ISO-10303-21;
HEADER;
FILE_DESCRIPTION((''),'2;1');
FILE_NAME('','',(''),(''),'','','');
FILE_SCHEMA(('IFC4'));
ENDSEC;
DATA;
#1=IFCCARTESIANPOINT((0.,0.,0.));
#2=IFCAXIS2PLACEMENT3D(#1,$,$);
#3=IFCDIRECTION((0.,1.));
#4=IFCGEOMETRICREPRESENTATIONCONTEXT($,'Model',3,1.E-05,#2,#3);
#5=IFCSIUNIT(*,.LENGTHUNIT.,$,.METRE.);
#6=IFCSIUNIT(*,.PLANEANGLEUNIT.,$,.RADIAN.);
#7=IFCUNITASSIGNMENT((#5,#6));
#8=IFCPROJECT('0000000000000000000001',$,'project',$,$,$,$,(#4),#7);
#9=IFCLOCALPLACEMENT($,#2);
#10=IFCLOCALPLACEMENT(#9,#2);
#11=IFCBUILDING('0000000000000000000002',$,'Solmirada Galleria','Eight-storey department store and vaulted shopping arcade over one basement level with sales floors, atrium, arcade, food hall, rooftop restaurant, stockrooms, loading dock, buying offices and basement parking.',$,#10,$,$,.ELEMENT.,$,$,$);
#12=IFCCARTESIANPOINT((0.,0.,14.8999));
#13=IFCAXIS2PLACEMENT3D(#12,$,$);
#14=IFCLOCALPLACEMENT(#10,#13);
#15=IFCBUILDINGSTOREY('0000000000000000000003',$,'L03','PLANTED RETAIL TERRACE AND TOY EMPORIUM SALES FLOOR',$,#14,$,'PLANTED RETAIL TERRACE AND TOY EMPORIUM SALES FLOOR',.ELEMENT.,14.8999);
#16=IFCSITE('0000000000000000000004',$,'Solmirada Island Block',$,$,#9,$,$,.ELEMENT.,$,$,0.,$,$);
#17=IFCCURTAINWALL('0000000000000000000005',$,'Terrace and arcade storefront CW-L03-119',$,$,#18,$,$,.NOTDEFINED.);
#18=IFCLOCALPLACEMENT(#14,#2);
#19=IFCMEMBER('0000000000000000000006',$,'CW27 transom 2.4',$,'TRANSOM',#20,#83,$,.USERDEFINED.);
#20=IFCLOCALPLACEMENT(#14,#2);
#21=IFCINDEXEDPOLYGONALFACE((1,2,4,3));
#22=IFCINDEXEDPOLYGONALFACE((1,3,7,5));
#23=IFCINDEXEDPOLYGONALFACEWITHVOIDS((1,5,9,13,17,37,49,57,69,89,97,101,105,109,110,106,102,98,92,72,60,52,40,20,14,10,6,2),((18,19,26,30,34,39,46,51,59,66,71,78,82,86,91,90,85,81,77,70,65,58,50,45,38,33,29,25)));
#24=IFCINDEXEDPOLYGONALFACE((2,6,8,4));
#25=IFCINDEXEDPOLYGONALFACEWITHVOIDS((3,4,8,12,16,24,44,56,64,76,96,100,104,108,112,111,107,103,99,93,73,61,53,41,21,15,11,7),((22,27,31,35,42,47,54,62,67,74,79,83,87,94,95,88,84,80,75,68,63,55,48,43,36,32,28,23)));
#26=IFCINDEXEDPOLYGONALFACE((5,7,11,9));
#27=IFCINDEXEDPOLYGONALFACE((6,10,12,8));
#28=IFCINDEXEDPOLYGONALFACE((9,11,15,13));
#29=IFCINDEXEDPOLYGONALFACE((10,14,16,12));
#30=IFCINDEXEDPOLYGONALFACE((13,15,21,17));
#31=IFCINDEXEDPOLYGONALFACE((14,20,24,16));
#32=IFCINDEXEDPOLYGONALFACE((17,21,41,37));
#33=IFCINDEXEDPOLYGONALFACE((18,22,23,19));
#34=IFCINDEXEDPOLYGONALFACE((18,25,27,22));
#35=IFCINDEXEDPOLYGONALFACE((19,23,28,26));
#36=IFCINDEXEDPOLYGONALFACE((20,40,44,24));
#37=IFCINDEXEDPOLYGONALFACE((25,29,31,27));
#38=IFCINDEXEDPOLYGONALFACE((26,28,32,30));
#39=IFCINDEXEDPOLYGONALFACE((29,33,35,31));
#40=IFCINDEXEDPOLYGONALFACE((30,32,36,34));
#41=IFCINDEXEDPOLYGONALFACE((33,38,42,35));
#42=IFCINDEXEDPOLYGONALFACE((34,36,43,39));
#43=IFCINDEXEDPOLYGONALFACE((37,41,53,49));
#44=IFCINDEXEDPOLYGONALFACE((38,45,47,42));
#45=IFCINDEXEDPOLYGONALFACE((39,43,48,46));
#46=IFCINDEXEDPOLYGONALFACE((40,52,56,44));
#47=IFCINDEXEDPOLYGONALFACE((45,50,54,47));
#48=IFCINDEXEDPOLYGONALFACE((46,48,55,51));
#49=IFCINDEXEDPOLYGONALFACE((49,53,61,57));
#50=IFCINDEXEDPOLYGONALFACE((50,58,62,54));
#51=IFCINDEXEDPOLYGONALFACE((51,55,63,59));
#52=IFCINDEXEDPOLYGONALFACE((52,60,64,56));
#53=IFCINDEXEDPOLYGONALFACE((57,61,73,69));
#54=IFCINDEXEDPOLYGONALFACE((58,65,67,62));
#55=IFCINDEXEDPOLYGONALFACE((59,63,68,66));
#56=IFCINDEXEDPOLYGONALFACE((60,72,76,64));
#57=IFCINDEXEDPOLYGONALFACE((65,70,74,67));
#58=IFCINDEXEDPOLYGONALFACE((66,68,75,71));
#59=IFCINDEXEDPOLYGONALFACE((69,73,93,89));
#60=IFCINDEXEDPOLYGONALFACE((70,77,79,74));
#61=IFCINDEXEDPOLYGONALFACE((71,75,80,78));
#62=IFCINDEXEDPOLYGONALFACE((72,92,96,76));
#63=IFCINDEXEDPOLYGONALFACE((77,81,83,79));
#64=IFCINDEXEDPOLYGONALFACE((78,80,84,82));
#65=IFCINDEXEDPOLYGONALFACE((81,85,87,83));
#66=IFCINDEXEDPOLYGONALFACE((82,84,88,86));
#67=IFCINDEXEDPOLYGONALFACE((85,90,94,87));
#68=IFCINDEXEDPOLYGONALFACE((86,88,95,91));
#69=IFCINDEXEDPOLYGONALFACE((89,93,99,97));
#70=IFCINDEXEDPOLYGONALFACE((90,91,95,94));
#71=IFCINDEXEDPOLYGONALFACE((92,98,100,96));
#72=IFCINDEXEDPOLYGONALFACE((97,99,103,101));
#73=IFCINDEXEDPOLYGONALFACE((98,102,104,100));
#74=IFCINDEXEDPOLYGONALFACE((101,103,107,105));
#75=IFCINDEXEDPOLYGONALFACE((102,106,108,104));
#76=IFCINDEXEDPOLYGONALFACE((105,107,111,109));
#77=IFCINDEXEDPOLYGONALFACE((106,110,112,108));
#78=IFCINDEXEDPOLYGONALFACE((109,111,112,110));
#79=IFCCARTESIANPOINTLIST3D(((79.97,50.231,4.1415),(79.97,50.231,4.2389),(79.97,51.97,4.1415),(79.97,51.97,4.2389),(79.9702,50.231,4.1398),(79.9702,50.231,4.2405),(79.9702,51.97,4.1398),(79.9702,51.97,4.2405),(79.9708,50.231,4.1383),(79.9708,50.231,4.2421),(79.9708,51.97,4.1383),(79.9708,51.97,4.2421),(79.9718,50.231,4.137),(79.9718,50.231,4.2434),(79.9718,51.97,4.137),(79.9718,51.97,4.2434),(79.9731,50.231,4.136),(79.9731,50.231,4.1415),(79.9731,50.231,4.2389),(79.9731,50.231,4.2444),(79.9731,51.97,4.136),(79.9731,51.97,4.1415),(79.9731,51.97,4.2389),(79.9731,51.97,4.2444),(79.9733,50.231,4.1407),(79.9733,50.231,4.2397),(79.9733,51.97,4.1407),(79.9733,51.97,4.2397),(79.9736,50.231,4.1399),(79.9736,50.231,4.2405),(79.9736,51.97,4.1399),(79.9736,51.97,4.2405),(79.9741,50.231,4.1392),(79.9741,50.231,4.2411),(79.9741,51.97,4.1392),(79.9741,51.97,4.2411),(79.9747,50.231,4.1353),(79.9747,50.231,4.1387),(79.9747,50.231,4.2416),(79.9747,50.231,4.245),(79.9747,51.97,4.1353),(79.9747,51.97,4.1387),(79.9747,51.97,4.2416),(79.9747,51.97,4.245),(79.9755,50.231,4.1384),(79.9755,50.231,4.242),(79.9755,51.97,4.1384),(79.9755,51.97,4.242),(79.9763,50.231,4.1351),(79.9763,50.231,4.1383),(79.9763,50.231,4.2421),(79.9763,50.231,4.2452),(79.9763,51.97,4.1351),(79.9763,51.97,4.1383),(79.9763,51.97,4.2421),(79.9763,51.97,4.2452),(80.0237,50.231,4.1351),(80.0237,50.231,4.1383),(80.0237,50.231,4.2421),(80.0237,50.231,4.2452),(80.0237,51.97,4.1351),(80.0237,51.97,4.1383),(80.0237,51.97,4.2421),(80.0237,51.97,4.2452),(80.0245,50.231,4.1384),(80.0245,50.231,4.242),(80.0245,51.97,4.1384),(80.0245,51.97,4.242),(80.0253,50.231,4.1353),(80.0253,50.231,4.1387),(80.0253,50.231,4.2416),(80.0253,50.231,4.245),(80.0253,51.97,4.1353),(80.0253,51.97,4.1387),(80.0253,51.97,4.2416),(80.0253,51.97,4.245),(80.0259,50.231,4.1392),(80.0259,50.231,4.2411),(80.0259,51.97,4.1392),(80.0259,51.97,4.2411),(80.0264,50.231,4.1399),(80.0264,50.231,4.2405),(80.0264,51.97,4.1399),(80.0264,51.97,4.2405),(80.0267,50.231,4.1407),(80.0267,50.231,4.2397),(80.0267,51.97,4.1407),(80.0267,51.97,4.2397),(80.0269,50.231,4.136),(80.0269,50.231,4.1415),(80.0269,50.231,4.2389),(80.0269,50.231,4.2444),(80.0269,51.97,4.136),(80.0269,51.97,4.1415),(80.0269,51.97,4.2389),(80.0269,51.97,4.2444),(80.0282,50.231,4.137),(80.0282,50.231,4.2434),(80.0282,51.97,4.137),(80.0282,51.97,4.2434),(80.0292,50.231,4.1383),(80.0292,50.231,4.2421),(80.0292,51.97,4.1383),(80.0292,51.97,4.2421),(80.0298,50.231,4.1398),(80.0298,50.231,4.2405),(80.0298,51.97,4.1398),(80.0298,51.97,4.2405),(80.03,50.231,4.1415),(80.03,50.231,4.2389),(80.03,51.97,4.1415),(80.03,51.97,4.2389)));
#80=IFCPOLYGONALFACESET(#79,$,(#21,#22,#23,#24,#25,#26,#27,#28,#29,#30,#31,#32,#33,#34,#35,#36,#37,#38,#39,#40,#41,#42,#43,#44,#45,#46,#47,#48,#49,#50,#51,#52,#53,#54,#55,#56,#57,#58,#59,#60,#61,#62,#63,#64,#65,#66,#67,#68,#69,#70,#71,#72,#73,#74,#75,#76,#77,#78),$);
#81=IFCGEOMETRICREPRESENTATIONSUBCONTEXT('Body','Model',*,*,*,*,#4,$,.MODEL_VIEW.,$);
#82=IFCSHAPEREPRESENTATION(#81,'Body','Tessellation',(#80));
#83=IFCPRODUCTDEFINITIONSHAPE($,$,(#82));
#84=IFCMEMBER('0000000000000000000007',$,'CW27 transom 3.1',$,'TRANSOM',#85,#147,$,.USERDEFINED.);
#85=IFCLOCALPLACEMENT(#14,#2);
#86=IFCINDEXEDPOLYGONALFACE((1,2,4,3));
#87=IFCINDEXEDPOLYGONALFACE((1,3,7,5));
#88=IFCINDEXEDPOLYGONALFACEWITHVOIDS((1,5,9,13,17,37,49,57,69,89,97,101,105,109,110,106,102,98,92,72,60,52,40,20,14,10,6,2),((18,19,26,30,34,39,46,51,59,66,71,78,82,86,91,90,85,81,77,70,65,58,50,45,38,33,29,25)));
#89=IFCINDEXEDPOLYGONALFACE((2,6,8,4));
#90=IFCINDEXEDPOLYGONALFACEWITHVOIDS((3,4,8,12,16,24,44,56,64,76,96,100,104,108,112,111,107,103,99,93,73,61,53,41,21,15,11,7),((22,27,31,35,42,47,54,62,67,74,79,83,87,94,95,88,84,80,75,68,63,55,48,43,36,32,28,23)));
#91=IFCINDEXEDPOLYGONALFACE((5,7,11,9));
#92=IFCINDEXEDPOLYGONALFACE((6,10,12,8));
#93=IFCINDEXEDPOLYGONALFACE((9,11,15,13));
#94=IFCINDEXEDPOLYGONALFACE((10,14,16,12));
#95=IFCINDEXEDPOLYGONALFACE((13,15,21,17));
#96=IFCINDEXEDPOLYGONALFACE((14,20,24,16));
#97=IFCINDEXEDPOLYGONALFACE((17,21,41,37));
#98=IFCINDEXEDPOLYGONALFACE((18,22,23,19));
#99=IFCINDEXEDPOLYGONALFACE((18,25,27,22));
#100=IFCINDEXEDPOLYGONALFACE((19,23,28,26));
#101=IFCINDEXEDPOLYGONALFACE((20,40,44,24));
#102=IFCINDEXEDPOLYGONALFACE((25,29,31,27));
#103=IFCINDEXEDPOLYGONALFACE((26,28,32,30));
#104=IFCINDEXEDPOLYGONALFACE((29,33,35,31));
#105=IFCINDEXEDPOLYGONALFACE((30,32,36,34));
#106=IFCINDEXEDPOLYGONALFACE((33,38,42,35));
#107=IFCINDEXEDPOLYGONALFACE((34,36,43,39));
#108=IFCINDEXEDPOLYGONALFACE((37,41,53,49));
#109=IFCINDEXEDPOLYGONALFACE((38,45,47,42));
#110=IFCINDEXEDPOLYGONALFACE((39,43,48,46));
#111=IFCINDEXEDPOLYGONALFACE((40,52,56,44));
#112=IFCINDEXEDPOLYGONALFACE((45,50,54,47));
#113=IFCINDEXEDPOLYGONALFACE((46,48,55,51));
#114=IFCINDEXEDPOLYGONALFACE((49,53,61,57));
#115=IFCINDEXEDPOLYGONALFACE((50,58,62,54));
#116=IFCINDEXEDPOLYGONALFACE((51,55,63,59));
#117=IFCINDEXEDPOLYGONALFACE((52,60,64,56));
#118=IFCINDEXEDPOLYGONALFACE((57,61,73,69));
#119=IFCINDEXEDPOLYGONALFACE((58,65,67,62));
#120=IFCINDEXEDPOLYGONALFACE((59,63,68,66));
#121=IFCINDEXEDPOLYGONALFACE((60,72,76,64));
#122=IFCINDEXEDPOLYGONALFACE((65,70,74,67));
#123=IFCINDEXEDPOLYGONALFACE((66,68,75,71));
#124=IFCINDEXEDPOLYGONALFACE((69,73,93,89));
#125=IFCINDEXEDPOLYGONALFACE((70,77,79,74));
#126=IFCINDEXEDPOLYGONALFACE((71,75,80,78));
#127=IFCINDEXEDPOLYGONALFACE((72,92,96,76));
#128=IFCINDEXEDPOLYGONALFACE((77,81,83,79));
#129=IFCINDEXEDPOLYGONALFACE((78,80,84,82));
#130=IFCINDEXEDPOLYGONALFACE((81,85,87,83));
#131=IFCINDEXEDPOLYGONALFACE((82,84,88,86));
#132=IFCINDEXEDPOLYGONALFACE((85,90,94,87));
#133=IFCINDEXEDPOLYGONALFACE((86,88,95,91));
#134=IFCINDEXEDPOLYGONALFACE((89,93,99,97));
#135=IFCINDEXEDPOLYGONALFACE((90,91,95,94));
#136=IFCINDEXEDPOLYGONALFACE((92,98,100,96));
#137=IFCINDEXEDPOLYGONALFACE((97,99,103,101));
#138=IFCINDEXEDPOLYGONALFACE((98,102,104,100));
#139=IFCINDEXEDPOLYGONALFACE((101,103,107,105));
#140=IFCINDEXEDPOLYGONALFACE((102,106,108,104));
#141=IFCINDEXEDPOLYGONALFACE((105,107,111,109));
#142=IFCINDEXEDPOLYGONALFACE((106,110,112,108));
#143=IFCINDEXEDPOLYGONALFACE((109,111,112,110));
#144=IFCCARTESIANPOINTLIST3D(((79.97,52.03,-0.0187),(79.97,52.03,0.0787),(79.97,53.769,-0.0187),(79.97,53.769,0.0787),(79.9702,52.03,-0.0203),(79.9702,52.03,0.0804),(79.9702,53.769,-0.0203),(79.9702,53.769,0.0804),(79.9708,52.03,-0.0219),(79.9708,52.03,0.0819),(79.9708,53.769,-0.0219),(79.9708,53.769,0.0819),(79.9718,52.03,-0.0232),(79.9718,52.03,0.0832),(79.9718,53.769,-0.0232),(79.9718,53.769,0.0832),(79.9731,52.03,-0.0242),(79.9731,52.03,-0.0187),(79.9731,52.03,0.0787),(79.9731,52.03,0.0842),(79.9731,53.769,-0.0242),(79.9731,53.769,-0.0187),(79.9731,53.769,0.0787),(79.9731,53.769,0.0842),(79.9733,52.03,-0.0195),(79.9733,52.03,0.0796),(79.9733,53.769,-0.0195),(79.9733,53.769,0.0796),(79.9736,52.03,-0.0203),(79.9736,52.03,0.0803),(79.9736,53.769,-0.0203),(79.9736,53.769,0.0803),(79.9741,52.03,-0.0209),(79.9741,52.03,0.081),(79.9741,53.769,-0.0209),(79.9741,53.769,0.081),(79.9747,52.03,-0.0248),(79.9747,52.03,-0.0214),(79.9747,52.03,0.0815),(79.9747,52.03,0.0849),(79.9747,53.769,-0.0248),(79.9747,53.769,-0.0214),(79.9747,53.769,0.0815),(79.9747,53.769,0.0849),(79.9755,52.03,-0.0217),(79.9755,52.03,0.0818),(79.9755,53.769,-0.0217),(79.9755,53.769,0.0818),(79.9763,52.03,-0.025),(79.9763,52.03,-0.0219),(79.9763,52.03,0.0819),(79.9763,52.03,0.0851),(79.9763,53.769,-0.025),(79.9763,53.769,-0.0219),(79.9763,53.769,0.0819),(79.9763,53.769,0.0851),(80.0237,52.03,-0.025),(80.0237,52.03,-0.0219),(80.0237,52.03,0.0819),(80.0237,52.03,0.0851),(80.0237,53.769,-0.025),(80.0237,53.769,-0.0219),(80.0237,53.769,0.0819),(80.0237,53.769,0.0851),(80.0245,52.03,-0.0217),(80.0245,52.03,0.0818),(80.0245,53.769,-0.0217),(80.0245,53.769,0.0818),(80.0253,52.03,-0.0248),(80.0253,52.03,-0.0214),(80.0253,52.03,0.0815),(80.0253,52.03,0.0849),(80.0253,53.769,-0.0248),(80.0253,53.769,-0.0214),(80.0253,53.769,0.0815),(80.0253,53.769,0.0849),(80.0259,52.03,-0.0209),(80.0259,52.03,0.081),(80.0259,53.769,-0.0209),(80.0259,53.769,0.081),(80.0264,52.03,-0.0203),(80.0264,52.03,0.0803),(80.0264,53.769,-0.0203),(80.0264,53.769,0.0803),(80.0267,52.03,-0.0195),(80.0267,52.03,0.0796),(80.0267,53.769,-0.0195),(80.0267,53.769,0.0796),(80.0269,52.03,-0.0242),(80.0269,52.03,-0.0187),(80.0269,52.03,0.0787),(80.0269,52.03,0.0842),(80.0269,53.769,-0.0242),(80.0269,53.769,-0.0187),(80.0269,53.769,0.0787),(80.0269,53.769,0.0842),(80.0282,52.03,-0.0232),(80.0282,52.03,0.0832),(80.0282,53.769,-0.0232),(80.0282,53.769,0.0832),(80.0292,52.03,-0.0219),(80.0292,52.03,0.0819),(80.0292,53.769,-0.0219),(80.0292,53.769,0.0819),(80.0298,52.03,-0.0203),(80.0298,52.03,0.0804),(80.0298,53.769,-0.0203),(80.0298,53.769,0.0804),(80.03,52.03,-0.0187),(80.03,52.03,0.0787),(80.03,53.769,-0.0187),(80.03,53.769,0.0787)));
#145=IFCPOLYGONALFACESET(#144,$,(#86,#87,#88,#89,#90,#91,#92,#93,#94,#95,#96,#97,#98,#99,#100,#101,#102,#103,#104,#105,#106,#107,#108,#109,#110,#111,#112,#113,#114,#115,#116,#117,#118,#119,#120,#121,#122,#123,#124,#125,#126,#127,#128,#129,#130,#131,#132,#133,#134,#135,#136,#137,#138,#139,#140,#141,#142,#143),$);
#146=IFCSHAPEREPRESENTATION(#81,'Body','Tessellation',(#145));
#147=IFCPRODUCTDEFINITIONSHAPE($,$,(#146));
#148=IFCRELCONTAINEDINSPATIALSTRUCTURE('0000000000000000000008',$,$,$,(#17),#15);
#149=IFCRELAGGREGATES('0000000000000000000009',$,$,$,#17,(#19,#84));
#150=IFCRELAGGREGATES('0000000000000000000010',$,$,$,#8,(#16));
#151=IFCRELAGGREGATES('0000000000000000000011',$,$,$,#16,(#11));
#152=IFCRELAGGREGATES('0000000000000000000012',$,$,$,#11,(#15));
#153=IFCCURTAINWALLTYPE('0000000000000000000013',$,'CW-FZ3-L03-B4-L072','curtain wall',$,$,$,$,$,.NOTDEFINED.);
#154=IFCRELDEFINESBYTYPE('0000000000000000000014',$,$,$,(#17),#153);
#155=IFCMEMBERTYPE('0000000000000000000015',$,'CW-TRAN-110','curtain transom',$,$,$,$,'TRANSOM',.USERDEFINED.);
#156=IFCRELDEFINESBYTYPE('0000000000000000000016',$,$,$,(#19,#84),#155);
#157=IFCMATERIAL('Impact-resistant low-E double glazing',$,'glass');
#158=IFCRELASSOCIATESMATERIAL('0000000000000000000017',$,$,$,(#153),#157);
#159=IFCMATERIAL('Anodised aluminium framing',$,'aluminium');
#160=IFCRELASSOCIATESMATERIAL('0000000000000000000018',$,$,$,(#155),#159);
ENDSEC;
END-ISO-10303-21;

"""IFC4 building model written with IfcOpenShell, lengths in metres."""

from ifc_helpers import new_model, si_unit, direction, frame, origin, origin_2d, place, context, subcontext, project, spatial, hollow_rectangle, extrude, material, material_profile, profile_set, type_object, element, aggregate, save


model = new_model("IFC4")

# Units and contexts
model_context = context("Model", 3, precision=1e-05, world=origin(), true_north=direction((0.0, 1.0)))
body_context = subcontext(model_context, "Body", "Model", "MODEL_VIEW")
ifc_project = project(units=[si_unit("LENGTHUNIT", "METRE"), si_unit("PLANEANGLEUNIT", "RADIAN")], contexts=[model_context])

# Site, building, storey
site_placement = place(None, origin())
site = spatial("IfcSite", under=ifc_project, at=site_placement, Name="Solmirada Island Block", CompositionType="ELEMENT", RefElevation=0.0)
building_placement = place(site_placement, origin())
building = spatial("IfcBuilding", under=site, at=building_placement, Name="Solmirada Galleria", Description="Eight-storey department store and vaulted shopping arcade over one basement level with sales floors, atrium, arcade, food hall, rooftop restaurant, stockrooms, loading dock, buying offices and basement parking.", CompositionType="ELEMENT")
storey_placement = place(building_placement, frame((0.0, 0.0, 14.8999)))
storey = spatial("IfcBuildingStorey", under=building, at=storey_placement, Name="L03", Description="PLANTED RETAIL TERRACE AND TOY EMPORIUM SALES FLOOR", LongName="PLANTED RETAIL TERRACE AND TOY EMPORIUM SALES FLOOR", CompositionType="ELEMENT", Elevation=14.8999)

# Curtain wall
ifc_material_1 = material(Name="Impact-resistant low-E double glazing", Category="glass")
curtain_wall_type = type_object("IfcCurtainWallType", Name="CW-FZ3-L03-B4-L072", Description="curtain wall", PredefinedType="NOTDEFINED", material=ifc_material_1)
ifc_material_2 = material(Name="Anodised aluminium framing", Category="aluminium")
curtain_wall_1_placement = place(storey_placement, origin())
curtain_wall_1 = element("IfcCurtainWall", 1, at=curtain_wall_1_placement, inside=storey, type_object=curtain_wall_type, Name="Terrace and arcade storefront CW-L03-119", PredefinedType="NOTDEFINED")

# Members
ifc_material_profile_1 = material_profile(ifc_material_2, hollow_rectangle(XDim=0.0601, YDim=0.1101, WallThickness=0.0032, InnerFilletRadius=0.0032, OuterFilletRadius=0.0063, at=origin_2d()), Name="ALU-TRAN-110X60")
ifc_profile_set_1 = profile_set([ifc_material_profile_1], Name="Anodised aluminium framing")
member_type_1 = type_object("IfcMemberType", Name="CW-TRAN-110", Description="curtain transom", ElementType="TRANSOM", PredefinedType="USERDEFINED", material=ifc_profile_set_1)
member_1_placement = place(storey_placement, frame((80.0, 50.231, 4.1902), z_axis=(0.0, 1.0, 0.0), x_axis=(-1.0, 0.0, 0.0)))
member_1 = element("IfcMember", 2, at=member_1_placement, type_object=member_type_1, Name="CW27 transom 2.4", ObjectType="TRANSOM", PredefinedType="USERDEFINED", context=body_context, shape_type="SweptSolid", body=[
    extrude(hollow_rectangle(XDim=0.0601, YDim=0.1101, WallThickness=0.0032, InnerFilletRadius=0.0032, OuterFilletRadius=0.0063, at=origin_2d()), origin(), (0.0, 0.0, 1.0), 1.739),
])
member_2_placement = place(storey_placement, frame((80.0, 52.03, 0.03), z_axis=(0.0, 1.0, 0.0), x_axis=(-1.0, 0.0, 0.0)))
member_2 = element("IfcMember", 3, at=member_2_placement, type_object=member_type_1, Name="CW27 transom 3.1", ObjectType="TRANSOM", PredefinedType="USERDEFINED", context=body_context, shape_type="SweptSolid", body=[
    extrude(hollow_rectangle(XDim=0.0601, YDim=0.1101, WallThickness=0.0032, InnerFilletRadius=0.0032, OuterFilletRadius=0.0063, at=origin_2d()), origin(), (0.0, 0.0, 1.0), 1.739),
])

aggregate(curtain_wall_1, [member_1, member_2])

save(model, "model.ifc")
